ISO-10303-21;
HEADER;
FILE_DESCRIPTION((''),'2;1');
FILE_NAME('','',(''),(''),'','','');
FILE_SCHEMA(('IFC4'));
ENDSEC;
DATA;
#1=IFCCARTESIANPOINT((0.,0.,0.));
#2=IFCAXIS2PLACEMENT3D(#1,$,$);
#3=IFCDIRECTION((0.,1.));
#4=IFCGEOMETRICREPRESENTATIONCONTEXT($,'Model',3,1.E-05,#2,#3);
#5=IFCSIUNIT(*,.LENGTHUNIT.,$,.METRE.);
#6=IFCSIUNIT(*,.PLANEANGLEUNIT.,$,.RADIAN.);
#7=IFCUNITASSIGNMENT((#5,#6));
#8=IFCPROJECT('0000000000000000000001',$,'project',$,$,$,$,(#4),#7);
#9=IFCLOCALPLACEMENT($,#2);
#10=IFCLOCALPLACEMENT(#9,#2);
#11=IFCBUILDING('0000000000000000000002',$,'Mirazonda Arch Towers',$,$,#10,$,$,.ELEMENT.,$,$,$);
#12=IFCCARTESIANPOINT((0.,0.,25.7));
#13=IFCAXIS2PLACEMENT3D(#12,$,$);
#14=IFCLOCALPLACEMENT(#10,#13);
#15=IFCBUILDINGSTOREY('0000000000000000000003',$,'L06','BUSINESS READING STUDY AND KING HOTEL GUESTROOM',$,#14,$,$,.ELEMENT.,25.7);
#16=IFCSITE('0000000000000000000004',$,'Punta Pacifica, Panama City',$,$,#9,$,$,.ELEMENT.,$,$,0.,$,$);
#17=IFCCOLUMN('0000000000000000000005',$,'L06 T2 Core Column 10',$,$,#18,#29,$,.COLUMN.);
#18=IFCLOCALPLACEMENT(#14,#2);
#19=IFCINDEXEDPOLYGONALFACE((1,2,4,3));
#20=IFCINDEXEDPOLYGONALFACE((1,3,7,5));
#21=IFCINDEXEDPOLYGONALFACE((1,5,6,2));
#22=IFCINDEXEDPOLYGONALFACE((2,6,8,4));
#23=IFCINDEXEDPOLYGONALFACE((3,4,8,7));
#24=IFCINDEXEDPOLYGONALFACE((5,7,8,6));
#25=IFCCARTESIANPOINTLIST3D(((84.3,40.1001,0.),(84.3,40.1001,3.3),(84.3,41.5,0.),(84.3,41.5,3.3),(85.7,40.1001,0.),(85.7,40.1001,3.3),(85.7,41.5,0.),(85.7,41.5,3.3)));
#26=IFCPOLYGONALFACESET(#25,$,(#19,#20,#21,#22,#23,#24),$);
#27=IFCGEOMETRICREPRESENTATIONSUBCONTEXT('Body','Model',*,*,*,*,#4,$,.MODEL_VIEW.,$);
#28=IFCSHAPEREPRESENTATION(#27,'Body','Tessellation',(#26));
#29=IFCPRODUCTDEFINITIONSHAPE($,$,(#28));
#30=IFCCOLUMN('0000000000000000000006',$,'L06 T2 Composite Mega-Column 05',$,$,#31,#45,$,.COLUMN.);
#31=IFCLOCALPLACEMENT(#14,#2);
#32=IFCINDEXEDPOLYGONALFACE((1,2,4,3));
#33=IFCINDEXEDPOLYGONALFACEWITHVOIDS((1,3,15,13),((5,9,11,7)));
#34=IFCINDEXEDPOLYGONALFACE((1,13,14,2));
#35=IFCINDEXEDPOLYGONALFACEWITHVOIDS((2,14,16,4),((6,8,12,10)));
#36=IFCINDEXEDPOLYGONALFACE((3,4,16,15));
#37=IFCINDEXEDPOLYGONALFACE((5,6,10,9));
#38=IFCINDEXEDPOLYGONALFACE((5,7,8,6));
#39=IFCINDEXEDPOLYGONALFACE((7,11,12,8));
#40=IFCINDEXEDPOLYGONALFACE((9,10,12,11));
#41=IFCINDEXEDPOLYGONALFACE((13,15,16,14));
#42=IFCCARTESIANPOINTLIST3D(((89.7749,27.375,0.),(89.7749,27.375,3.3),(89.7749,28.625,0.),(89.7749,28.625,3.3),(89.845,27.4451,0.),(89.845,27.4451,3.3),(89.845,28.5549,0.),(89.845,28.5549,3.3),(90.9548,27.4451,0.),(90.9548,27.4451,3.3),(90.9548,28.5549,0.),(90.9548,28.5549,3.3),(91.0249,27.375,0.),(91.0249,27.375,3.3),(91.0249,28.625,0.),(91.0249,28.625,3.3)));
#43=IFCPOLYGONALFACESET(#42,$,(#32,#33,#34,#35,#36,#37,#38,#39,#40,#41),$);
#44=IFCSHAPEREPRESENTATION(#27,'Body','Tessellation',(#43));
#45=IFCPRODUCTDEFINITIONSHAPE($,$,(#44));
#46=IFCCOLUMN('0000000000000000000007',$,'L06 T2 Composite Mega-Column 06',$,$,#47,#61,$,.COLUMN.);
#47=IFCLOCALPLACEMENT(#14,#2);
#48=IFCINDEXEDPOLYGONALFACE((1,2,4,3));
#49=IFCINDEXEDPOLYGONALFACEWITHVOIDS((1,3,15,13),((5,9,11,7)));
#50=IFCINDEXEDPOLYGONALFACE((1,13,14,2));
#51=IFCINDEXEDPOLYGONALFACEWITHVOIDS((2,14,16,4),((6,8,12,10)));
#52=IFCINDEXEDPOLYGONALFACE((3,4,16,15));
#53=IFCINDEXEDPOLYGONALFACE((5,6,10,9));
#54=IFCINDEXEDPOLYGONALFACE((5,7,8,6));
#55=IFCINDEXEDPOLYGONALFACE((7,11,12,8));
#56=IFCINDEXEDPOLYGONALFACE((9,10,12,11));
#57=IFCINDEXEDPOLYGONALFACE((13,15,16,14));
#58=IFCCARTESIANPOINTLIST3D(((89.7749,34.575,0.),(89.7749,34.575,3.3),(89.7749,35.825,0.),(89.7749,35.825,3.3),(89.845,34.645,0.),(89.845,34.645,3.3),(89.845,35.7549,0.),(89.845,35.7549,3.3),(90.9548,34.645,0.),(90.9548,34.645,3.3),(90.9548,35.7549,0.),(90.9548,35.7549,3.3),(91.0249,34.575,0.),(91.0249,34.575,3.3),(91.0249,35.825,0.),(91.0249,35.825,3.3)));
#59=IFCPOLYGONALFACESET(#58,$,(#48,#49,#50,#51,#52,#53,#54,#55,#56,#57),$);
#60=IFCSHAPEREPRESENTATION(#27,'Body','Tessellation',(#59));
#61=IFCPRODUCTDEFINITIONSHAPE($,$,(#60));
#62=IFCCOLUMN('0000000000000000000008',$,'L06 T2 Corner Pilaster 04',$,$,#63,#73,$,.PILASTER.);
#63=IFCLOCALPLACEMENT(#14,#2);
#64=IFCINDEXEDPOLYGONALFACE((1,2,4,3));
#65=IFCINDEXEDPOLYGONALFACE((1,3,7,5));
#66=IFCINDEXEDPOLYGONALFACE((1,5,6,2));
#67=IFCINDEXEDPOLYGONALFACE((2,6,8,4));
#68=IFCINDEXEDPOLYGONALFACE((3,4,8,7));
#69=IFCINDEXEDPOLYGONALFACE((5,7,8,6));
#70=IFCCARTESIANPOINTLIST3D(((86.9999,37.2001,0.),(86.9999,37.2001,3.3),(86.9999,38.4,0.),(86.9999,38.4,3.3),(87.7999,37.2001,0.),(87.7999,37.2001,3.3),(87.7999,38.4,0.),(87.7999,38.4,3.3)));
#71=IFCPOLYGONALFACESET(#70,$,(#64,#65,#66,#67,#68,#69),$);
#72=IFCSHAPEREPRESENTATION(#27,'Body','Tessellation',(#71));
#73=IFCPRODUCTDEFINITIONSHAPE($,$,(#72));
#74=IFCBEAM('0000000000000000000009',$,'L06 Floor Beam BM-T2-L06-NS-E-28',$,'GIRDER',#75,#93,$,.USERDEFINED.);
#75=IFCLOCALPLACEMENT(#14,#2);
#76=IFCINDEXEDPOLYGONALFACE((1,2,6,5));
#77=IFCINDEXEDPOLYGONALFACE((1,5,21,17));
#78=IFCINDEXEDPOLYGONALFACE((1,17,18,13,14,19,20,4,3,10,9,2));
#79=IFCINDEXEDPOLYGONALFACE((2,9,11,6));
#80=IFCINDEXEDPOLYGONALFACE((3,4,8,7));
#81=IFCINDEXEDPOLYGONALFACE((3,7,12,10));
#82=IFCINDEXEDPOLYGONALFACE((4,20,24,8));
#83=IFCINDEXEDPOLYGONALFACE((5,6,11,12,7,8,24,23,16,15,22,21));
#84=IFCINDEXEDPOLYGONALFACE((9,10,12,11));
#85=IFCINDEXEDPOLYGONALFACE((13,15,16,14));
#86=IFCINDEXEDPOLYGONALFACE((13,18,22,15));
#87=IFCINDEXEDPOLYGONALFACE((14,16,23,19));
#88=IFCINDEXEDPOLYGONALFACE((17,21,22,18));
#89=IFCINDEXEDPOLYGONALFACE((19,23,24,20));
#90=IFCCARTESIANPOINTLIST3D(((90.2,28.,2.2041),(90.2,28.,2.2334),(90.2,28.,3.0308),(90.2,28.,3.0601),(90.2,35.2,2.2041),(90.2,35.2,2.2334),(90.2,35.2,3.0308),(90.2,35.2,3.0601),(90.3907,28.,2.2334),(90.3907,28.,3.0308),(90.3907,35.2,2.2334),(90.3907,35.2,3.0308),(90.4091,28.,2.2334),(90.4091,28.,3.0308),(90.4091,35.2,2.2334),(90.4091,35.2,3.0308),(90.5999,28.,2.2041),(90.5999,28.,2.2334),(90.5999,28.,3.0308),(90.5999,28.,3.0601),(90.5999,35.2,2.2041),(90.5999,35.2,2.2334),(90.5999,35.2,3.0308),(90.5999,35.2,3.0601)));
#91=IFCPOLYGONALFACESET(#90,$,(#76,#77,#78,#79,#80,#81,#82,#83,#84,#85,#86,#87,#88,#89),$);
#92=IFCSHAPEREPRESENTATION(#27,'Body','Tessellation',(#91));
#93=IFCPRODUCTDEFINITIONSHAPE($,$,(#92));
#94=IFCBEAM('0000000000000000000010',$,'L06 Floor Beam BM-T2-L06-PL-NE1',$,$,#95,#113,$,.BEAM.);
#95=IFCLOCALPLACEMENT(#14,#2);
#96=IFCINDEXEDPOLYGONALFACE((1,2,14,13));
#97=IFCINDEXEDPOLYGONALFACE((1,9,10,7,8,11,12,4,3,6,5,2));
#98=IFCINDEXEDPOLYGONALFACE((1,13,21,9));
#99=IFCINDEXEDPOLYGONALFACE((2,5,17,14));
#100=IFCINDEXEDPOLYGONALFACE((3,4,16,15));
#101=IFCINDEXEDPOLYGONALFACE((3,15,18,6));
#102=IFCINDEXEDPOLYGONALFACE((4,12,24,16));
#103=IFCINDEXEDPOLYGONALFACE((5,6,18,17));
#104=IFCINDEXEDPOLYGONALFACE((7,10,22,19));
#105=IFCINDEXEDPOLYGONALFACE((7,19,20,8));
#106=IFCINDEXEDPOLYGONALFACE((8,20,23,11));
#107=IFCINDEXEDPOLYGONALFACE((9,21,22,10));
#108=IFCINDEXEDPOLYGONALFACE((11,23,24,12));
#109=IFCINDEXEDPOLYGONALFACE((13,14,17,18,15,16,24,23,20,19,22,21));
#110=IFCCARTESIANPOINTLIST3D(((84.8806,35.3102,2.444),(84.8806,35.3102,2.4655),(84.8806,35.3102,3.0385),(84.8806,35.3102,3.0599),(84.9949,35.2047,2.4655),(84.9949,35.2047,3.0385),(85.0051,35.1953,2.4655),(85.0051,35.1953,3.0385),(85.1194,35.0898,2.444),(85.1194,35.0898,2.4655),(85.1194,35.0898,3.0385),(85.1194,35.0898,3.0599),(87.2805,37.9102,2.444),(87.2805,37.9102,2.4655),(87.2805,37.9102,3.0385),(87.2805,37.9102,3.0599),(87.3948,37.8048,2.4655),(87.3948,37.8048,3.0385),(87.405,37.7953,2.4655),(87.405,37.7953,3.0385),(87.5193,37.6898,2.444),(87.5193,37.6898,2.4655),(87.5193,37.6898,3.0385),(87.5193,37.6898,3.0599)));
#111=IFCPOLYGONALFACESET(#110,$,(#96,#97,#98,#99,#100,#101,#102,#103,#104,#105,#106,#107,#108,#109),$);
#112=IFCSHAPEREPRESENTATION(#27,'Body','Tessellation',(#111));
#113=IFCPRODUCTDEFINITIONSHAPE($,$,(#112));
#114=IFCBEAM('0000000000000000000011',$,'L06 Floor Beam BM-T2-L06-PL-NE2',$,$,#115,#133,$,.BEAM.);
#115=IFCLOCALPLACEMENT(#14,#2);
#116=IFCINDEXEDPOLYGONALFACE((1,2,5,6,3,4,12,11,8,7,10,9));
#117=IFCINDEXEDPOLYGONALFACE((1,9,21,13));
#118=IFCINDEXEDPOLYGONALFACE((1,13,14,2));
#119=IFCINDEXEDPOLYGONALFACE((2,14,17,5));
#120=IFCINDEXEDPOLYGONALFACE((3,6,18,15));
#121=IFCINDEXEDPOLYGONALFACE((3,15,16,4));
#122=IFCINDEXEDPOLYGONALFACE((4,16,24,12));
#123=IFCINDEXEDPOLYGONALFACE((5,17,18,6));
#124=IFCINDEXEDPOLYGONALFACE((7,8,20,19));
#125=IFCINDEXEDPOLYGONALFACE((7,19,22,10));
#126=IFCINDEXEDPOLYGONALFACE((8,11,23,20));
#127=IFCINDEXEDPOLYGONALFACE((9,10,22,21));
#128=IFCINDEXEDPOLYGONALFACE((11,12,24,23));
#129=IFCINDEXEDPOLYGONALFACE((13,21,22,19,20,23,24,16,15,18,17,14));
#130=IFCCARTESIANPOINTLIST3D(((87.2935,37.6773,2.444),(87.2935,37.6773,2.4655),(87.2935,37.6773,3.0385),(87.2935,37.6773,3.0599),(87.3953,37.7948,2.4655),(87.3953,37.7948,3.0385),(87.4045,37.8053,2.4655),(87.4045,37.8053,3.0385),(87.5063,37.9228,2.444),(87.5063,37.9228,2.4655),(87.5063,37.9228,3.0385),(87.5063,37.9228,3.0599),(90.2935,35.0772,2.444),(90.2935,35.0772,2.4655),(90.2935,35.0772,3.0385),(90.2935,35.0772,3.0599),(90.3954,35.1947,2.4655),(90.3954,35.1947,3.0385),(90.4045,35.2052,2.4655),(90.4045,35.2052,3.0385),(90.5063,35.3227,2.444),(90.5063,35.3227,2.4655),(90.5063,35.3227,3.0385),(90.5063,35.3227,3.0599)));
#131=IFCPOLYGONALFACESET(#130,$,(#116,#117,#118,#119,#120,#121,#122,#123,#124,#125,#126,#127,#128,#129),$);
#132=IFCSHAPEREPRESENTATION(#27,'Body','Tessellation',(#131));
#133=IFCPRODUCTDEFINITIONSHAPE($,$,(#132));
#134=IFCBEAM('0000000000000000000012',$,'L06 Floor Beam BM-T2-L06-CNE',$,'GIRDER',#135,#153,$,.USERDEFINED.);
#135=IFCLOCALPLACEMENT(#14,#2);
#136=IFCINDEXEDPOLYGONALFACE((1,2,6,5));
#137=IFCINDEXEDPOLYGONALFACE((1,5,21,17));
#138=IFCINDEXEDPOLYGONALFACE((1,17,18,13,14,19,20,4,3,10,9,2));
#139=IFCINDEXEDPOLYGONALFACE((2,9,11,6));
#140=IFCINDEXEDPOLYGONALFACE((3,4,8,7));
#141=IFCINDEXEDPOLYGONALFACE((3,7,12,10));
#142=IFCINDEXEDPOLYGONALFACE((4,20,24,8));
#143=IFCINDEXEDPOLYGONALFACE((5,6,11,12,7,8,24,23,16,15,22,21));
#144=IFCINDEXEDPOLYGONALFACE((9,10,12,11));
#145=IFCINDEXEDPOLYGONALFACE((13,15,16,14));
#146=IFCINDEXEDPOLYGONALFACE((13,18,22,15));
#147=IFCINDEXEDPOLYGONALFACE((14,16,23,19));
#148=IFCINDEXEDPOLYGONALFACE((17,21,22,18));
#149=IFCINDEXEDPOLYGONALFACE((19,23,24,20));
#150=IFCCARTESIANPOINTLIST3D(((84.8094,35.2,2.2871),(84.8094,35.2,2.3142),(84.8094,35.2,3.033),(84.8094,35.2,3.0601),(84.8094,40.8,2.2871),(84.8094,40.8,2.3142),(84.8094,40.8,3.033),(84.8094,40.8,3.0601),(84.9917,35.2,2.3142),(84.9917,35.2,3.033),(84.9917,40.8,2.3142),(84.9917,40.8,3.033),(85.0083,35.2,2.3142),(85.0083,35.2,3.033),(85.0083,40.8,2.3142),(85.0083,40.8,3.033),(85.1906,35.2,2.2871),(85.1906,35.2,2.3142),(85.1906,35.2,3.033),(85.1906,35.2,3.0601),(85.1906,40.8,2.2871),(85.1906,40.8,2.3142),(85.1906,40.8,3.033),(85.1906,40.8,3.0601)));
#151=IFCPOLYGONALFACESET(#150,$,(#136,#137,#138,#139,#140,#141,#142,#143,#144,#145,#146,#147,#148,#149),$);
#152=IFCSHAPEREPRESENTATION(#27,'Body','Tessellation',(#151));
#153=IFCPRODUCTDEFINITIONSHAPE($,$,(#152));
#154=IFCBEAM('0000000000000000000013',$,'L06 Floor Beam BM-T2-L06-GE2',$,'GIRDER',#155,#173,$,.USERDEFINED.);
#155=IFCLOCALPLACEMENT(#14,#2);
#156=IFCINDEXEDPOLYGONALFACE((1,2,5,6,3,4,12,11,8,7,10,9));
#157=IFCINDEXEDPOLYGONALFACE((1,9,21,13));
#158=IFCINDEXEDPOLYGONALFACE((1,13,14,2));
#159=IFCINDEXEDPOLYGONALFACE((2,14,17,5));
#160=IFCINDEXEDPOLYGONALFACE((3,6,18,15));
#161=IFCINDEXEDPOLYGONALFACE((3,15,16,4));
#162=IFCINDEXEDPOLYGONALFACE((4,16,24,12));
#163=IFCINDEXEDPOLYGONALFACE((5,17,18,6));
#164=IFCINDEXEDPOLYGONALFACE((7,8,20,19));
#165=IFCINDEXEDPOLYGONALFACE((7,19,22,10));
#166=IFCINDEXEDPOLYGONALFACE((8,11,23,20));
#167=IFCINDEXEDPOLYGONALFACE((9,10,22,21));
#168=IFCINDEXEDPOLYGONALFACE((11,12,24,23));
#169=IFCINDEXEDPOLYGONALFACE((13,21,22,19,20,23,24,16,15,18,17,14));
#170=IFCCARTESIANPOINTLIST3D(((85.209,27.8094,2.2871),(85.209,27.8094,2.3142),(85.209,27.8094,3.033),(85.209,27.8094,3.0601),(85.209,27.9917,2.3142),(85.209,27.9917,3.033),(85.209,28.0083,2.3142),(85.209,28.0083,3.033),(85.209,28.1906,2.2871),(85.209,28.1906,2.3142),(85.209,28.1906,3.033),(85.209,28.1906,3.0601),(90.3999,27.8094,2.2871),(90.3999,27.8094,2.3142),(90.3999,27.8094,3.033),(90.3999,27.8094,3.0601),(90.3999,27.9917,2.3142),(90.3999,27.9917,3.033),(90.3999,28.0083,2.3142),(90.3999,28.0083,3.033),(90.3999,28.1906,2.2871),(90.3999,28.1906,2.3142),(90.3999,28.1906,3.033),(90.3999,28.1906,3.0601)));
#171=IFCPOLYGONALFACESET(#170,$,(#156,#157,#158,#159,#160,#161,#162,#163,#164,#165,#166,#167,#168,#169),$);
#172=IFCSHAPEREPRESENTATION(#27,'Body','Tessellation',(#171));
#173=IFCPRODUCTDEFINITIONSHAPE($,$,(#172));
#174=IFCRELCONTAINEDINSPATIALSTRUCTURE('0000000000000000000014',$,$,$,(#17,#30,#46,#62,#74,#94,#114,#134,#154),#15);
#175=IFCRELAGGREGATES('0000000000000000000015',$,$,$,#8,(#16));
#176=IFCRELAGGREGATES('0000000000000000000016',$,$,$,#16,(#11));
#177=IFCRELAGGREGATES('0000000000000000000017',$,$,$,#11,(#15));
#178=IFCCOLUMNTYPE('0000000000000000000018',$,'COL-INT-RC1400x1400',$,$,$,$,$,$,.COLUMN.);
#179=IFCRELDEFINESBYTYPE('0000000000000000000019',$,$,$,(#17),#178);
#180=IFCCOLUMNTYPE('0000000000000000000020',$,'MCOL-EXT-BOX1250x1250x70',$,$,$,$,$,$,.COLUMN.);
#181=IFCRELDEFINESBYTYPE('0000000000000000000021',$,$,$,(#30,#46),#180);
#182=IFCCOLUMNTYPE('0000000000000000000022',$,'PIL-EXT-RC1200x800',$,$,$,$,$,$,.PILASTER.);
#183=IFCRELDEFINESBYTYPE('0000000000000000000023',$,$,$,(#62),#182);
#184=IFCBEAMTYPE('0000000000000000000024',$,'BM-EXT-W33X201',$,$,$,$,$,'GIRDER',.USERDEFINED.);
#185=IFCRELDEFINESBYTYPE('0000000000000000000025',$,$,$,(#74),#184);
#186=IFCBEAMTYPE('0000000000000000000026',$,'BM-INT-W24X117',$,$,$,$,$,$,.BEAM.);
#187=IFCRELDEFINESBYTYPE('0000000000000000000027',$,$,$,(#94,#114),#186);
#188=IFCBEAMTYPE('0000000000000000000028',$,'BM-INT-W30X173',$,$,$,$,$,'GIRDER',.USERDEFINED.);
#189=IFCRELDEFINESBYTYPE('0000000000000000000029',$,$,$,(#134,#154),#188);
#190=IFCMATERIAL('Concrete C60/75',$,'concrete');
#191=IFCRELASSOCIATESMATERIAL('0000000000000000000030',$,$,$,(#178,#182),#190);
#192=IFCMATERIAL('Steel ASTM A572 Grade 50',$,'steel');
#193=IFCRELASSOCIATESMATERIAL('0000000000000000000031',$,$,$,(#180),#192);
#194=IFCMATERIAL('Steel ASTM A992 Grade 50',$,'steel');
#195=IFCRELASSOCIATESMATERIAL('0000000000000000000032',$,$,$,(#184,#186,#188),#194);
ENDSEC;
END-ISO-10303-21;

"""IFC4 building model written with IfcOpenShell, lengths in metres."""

from ifc_helpers import new_model, si_unit, direction, frame, origin, origin_2d, place, context, subcontext, project, spatial, rectangle, hollow_rectangle, i_section, extrude, material, material_profile, profile_set, type_object, element, save


model = new_model("IFC4")

# Units and contexts
model_context = context("Model", 3, precision=1e-05, world=origin(), true_north=direction((0.0, 1.0)))
body_context = subcontext(model_context, "Body", "Model", "MODEL_VIEW")
ifc_project = project(units=[si_unit("LENGTHUNIT", "METRE"), si_unit("PLANEANGLEUNIT", "RADIAN")], contexts=[model_context])

# Site, building, storey
site_placement = place(None, origin())
site = spatial("IfcSite", under=ifc_project, at=site_placement, Name="Punta Pacifica, Panama City", CompositionType="ELEMENT", RefElevation=0.0)
building_placement = place(site_placement, origin())
building = spatial("IfcBuilding", under=site, at=building_placement, Name="Mirazonda Arch Towers", CompositionType="ELEMENT")
storey_placement = place(building_placement, frame((0.0, 0.0, 25.7)))
storey = spatial("IfcBuildingStorey", under=building, at=storey_placement, Name="L06", Description="BUSINESS READING STUDY AND KING HOTEL GUESTROOM", CompositionType="ELEMENT", Elevation=25.7)

# Columns
ifc_material_1 = material(Name="Concrete C60/75", Category="concrete")
ifc_material_profile_1 = material_profile(ifc_material_1, rectangle(XDim=1.3999, YDim=1.3999, at=origin_2d()), Name="RC1400x1400")
ifc_profile_set_1 = profile_set([ifc_material_profile_1], Name="Concrete C60/75")
column_type_1 = type_object("IfcColumnType", Name="COL-INT-RC1400x1400", PredefinedType="COLUMN", material=ifc_profile_set_1)
column_1_placement = place(storey_placement, frame((85.0, 40.8, 0.0), z_axis=(0.0, 0.0, 1.0), x_axis=(1.0, 0.0, 0.0)))
element("IfcColumn", 1, at=column_1_placement, inside=storey, type_object=column_type_1, Name="L06 T2 Core Column 10", PredefinedType="COLUMN", context=body_context, shape_type="SweptSolid", body=[
    extrude(rectangle(XDim=1.3999, YDim=1.3999, at=origin_2d()), origin(), (0.0, 0.0, 1.0), 3.3),
])
ifc_material_2 = material(Name="Steel ASTM A572 Grade 50", Category="steel")
ifc_material_profile_2 = material_profile(ifc_material_2, hollow_rectangle(XDim=1.25, YDim=1.25, WallThickness=0.0701, at=origin_2d()), Name="BOX1250x1250x70")
ifc_profile_set_2 = profile_set([ifc_material_profile_2], Name="Steel ASTM A572 Grade 50")
column_type_2 = type_object("IfcColumnType", Name="MCOL-EXT-BOX1250x1250x70", PredefinedType="COLUMN", material=ifc_profile_set_2)
for number, where, z_axis, x_axis, name in (
    (2, (90.3999, 28.0, 0.0), (0.0, 0.0, 1.0), (1.0, 0.0, 0.0), "L06 T2 Composite Mega-Column 05"),
    (3, (90.3999, 35.2, 0.0), (0.0, 0.0, 1.0), (1.0, 0.0, 0.0), "L06 T2 Composite Mega-Column 06"),
):
    element("IfcColumn", number, at=place(storey_placement, frame(where, z_axis=z_axis, x_axis=x_axis)), inside=storey, type_object=column_type_2, Name=name, PredefinedType="COLUMN", context=body_context, shape_type="SweptSolid", body=[
        extrude(hollow_rectangle(XDim=1.25, YDim=1.25, WallThickness=0.0701, at=origin_2d()), origin(), (0.0, 0.0, 1.0), 3.3),
    ])
ifc_material_profile_3 = material_profile(ifc_material_1, rectangle(XDim=0.8, YDim=1.2, at=origin_2d()), Name="RC1200x800")
ifc_profile_set_3 = profile_set([ifc_material_profile_3], Name="Concrete C60/75")
column_type_3 = type_object("IfcColumnType", Name="PIL-EXT-RC1200x800", PredefinedType="PILASTER", material=ifc_profile_set_3)
column_2_placement = place(storey_placement, frame((87.3999, 37.8, 0.0), z_axis=(0.0, 0.0, 1.0), x_axis=(1.0, 0.0, 0.0)))
element("IfcColumn", 4, at=column_2_placement, inside=storey, type_object=column_type_3, Name="L06 T2 Corner Pilaster 04", PredefinedType="PILASTER", context=body_context, shape_type="SweptSolid", body=[
    extrude(rectangle(XDim=0.8, YDim=1.2, at=origin_2d()), origin(), (0.0, 0.0, 1.0), 3.3),
])

# Beams
ifc_material_3 = material(Name="Steel ASTM A992 Grade 50", Category="steel")
ifc_material_profile_4 = material_profile(ifc_material_3, i_section(OverallWidth=0.3999, OverallDepth=0.856, WebThickness=0.0183, FlangeThickness=0.0293, at=origin_2d()), Name="W33X201")
ifc_profile_set_4 = profile_set([ifc_material_profile_4], Name="Steel ASTM A992 Grade 50")
beam_type_1 = type_object("IfcBeamType", Name="BM-EXT-W33X201", ElementType="GIRDER", PredefinedType="USERDEFINED", material=ifc_profile_set_4)
beam_1_placement = place(storey_placement, frame((90.3999, 28.0, 2.6321), z_axis=(0.0, 1.0, 0.0), x_axis=(-1.0, 0.0, 0.0)))
element("IfcBeam", 5, at=beam_1_placement, inside=storey, type_object=beam_type_1, Name="L06 Floor Beam BM-T2-L06-NS-E-28", ObjectType="GIRDER", PredefinedType="USERDEFINED", context=body_context, shape_type="SweptSolid", body=[
    extrude(i_section(OverallWidth=0.3999, OverallDepth=0.856, WebThickness=0.0183, FlangeThickness=0.0293, at=origin_2d()), origin(), (0.0, 0.0, 1.0), 7.2),
])
ifc_material_profile_5 = material_profile(ifc_material_3, i_section(OverallWidth=0.325, OverallDepth=0.616, WebThickness=0.0139, FlangeThickness=0.0215, at=origin_2d()), Name="W24X117")
ifc_profile_set_5 = profile_set([ifc_material_profile_5], Name="Steel ASTM A992 Grade 50")
beam_type_2 = type_object("IfcBeamType", Name="BM-INT-W24X117", PredefinedType="BEAM", material=ifc_profile_set_5)
beam_2_placement = place(storey_placement, frame((87.3999, 37.8, 2.752), z_axis=(-0.678251, -0.73483, 0.0), x_axis=(0.73483, -0.678251, 0.0)))
element("IfcBeam", 6, at=beam_2_placement, inside=storey, type_object=beam_type_2, Name="L06 Floor Beam BM-T2-L06-PL-NE1", PredefinedType="BEAM", context=body_context, shape_type="SweptSolid", body=[
    extrude(i_section(OverallWidth=0.325, OverallDepth=0.616, WebThickness=0.0139, FlangeThickness=0.0215, at=origin_2d()), origin(), (0.0, 0.0, 1.0), 3.5383),
])
beam_3_placement = place(storey_placement, frame((87.3999, 37.8, 2.752), z_axis=(0.755677, -0.654945, 0.0), x_axis=(0.654945, 0.755677, 0.0)))
element("IfcBeam", 7, at=beam_3_placement, inside=storey, type_object=beam_type_2, Name="L06 Floor Beam BM-T2-L06-PL-NE2", PredefinedType="BEAM", context=body_context, shape_type="SweptSolid", body=[
    extrude(i_section(OverallWidth=0.325, OverallDepth=0.616, WebThickness=0.0139, FlangeThickness=0.0215, at=origin_2d()), origin(), (0.0, 0.0, 1.0), 3.97),
])
ifc_material_profile_6 = material_profile(ifc_material_3, i_section(OverallWidth=0.3811, OverallDepth=0.7729, WebThickness=0.0166, FlangeThickness=0.0271, at=origin_2d()), Name="W30X173")
ifc_profile_set_6 = profile_set([ifc_material_profile_6], Name="Steel ASTM A992 Grade 50")
beam_type_3 = type_object("IfcBeamType", Name="BM-INT-W30X173", ElementType="GIRDER", PredefinedType="USERDEFINED", material=ifc_profile_set_6)
beam_4_placement = place(storey_placement, frame((85.0, 35.2, 2.6736), z_axis=(0.0, 1.0, 0.0), x_axis=(-1.0, 0.0, 0.0)))
element("IfcBeam", 8, at=beam_4_placement, inside=storey, type_object=beam_type_3, Name="L06 Floor Beam BM-T2-L06-CNE", ObjectType="GIRDER", PredefinedType="USERDEFINED", context=body_context, shape_type="SweptSolid", body=[
    extrude(i_section(OverallWidth=0.3811, OverallDepth=0.7729, WebThickness=0.0166, FlangeThickness=0.0271, at=origin_2d()), origin(), (0.0, 0.0, 1.0), 5.6001),
])
beam_5_placement = place(storey_placement, frame((85.209, 28.0, 2.6736), z_axis=(1.0, 0.0, 0.0), x_axis=(0.0, 1.0, 0.0)))
element("IfcBeam", 9, at=beam_5_placement, inside=storey, type_object=beam_type_3, Name="L06 Floor Beam BM-T2-L06-GE2", ObjectType="GIRDER", PredefinedType="USERDEFINED", context=body_context, shape_type="SweptSolid", body=[
    extrude(i_section(OverallWidth=0.3811, OverallDepth=0.7729, WebThickness=0.0166, FlangeThickness=0.0271, at=origin_2d()), origin(), (0.0, 0.0, 1.0), 5.1909),
])

save(model, "model.ifc")
